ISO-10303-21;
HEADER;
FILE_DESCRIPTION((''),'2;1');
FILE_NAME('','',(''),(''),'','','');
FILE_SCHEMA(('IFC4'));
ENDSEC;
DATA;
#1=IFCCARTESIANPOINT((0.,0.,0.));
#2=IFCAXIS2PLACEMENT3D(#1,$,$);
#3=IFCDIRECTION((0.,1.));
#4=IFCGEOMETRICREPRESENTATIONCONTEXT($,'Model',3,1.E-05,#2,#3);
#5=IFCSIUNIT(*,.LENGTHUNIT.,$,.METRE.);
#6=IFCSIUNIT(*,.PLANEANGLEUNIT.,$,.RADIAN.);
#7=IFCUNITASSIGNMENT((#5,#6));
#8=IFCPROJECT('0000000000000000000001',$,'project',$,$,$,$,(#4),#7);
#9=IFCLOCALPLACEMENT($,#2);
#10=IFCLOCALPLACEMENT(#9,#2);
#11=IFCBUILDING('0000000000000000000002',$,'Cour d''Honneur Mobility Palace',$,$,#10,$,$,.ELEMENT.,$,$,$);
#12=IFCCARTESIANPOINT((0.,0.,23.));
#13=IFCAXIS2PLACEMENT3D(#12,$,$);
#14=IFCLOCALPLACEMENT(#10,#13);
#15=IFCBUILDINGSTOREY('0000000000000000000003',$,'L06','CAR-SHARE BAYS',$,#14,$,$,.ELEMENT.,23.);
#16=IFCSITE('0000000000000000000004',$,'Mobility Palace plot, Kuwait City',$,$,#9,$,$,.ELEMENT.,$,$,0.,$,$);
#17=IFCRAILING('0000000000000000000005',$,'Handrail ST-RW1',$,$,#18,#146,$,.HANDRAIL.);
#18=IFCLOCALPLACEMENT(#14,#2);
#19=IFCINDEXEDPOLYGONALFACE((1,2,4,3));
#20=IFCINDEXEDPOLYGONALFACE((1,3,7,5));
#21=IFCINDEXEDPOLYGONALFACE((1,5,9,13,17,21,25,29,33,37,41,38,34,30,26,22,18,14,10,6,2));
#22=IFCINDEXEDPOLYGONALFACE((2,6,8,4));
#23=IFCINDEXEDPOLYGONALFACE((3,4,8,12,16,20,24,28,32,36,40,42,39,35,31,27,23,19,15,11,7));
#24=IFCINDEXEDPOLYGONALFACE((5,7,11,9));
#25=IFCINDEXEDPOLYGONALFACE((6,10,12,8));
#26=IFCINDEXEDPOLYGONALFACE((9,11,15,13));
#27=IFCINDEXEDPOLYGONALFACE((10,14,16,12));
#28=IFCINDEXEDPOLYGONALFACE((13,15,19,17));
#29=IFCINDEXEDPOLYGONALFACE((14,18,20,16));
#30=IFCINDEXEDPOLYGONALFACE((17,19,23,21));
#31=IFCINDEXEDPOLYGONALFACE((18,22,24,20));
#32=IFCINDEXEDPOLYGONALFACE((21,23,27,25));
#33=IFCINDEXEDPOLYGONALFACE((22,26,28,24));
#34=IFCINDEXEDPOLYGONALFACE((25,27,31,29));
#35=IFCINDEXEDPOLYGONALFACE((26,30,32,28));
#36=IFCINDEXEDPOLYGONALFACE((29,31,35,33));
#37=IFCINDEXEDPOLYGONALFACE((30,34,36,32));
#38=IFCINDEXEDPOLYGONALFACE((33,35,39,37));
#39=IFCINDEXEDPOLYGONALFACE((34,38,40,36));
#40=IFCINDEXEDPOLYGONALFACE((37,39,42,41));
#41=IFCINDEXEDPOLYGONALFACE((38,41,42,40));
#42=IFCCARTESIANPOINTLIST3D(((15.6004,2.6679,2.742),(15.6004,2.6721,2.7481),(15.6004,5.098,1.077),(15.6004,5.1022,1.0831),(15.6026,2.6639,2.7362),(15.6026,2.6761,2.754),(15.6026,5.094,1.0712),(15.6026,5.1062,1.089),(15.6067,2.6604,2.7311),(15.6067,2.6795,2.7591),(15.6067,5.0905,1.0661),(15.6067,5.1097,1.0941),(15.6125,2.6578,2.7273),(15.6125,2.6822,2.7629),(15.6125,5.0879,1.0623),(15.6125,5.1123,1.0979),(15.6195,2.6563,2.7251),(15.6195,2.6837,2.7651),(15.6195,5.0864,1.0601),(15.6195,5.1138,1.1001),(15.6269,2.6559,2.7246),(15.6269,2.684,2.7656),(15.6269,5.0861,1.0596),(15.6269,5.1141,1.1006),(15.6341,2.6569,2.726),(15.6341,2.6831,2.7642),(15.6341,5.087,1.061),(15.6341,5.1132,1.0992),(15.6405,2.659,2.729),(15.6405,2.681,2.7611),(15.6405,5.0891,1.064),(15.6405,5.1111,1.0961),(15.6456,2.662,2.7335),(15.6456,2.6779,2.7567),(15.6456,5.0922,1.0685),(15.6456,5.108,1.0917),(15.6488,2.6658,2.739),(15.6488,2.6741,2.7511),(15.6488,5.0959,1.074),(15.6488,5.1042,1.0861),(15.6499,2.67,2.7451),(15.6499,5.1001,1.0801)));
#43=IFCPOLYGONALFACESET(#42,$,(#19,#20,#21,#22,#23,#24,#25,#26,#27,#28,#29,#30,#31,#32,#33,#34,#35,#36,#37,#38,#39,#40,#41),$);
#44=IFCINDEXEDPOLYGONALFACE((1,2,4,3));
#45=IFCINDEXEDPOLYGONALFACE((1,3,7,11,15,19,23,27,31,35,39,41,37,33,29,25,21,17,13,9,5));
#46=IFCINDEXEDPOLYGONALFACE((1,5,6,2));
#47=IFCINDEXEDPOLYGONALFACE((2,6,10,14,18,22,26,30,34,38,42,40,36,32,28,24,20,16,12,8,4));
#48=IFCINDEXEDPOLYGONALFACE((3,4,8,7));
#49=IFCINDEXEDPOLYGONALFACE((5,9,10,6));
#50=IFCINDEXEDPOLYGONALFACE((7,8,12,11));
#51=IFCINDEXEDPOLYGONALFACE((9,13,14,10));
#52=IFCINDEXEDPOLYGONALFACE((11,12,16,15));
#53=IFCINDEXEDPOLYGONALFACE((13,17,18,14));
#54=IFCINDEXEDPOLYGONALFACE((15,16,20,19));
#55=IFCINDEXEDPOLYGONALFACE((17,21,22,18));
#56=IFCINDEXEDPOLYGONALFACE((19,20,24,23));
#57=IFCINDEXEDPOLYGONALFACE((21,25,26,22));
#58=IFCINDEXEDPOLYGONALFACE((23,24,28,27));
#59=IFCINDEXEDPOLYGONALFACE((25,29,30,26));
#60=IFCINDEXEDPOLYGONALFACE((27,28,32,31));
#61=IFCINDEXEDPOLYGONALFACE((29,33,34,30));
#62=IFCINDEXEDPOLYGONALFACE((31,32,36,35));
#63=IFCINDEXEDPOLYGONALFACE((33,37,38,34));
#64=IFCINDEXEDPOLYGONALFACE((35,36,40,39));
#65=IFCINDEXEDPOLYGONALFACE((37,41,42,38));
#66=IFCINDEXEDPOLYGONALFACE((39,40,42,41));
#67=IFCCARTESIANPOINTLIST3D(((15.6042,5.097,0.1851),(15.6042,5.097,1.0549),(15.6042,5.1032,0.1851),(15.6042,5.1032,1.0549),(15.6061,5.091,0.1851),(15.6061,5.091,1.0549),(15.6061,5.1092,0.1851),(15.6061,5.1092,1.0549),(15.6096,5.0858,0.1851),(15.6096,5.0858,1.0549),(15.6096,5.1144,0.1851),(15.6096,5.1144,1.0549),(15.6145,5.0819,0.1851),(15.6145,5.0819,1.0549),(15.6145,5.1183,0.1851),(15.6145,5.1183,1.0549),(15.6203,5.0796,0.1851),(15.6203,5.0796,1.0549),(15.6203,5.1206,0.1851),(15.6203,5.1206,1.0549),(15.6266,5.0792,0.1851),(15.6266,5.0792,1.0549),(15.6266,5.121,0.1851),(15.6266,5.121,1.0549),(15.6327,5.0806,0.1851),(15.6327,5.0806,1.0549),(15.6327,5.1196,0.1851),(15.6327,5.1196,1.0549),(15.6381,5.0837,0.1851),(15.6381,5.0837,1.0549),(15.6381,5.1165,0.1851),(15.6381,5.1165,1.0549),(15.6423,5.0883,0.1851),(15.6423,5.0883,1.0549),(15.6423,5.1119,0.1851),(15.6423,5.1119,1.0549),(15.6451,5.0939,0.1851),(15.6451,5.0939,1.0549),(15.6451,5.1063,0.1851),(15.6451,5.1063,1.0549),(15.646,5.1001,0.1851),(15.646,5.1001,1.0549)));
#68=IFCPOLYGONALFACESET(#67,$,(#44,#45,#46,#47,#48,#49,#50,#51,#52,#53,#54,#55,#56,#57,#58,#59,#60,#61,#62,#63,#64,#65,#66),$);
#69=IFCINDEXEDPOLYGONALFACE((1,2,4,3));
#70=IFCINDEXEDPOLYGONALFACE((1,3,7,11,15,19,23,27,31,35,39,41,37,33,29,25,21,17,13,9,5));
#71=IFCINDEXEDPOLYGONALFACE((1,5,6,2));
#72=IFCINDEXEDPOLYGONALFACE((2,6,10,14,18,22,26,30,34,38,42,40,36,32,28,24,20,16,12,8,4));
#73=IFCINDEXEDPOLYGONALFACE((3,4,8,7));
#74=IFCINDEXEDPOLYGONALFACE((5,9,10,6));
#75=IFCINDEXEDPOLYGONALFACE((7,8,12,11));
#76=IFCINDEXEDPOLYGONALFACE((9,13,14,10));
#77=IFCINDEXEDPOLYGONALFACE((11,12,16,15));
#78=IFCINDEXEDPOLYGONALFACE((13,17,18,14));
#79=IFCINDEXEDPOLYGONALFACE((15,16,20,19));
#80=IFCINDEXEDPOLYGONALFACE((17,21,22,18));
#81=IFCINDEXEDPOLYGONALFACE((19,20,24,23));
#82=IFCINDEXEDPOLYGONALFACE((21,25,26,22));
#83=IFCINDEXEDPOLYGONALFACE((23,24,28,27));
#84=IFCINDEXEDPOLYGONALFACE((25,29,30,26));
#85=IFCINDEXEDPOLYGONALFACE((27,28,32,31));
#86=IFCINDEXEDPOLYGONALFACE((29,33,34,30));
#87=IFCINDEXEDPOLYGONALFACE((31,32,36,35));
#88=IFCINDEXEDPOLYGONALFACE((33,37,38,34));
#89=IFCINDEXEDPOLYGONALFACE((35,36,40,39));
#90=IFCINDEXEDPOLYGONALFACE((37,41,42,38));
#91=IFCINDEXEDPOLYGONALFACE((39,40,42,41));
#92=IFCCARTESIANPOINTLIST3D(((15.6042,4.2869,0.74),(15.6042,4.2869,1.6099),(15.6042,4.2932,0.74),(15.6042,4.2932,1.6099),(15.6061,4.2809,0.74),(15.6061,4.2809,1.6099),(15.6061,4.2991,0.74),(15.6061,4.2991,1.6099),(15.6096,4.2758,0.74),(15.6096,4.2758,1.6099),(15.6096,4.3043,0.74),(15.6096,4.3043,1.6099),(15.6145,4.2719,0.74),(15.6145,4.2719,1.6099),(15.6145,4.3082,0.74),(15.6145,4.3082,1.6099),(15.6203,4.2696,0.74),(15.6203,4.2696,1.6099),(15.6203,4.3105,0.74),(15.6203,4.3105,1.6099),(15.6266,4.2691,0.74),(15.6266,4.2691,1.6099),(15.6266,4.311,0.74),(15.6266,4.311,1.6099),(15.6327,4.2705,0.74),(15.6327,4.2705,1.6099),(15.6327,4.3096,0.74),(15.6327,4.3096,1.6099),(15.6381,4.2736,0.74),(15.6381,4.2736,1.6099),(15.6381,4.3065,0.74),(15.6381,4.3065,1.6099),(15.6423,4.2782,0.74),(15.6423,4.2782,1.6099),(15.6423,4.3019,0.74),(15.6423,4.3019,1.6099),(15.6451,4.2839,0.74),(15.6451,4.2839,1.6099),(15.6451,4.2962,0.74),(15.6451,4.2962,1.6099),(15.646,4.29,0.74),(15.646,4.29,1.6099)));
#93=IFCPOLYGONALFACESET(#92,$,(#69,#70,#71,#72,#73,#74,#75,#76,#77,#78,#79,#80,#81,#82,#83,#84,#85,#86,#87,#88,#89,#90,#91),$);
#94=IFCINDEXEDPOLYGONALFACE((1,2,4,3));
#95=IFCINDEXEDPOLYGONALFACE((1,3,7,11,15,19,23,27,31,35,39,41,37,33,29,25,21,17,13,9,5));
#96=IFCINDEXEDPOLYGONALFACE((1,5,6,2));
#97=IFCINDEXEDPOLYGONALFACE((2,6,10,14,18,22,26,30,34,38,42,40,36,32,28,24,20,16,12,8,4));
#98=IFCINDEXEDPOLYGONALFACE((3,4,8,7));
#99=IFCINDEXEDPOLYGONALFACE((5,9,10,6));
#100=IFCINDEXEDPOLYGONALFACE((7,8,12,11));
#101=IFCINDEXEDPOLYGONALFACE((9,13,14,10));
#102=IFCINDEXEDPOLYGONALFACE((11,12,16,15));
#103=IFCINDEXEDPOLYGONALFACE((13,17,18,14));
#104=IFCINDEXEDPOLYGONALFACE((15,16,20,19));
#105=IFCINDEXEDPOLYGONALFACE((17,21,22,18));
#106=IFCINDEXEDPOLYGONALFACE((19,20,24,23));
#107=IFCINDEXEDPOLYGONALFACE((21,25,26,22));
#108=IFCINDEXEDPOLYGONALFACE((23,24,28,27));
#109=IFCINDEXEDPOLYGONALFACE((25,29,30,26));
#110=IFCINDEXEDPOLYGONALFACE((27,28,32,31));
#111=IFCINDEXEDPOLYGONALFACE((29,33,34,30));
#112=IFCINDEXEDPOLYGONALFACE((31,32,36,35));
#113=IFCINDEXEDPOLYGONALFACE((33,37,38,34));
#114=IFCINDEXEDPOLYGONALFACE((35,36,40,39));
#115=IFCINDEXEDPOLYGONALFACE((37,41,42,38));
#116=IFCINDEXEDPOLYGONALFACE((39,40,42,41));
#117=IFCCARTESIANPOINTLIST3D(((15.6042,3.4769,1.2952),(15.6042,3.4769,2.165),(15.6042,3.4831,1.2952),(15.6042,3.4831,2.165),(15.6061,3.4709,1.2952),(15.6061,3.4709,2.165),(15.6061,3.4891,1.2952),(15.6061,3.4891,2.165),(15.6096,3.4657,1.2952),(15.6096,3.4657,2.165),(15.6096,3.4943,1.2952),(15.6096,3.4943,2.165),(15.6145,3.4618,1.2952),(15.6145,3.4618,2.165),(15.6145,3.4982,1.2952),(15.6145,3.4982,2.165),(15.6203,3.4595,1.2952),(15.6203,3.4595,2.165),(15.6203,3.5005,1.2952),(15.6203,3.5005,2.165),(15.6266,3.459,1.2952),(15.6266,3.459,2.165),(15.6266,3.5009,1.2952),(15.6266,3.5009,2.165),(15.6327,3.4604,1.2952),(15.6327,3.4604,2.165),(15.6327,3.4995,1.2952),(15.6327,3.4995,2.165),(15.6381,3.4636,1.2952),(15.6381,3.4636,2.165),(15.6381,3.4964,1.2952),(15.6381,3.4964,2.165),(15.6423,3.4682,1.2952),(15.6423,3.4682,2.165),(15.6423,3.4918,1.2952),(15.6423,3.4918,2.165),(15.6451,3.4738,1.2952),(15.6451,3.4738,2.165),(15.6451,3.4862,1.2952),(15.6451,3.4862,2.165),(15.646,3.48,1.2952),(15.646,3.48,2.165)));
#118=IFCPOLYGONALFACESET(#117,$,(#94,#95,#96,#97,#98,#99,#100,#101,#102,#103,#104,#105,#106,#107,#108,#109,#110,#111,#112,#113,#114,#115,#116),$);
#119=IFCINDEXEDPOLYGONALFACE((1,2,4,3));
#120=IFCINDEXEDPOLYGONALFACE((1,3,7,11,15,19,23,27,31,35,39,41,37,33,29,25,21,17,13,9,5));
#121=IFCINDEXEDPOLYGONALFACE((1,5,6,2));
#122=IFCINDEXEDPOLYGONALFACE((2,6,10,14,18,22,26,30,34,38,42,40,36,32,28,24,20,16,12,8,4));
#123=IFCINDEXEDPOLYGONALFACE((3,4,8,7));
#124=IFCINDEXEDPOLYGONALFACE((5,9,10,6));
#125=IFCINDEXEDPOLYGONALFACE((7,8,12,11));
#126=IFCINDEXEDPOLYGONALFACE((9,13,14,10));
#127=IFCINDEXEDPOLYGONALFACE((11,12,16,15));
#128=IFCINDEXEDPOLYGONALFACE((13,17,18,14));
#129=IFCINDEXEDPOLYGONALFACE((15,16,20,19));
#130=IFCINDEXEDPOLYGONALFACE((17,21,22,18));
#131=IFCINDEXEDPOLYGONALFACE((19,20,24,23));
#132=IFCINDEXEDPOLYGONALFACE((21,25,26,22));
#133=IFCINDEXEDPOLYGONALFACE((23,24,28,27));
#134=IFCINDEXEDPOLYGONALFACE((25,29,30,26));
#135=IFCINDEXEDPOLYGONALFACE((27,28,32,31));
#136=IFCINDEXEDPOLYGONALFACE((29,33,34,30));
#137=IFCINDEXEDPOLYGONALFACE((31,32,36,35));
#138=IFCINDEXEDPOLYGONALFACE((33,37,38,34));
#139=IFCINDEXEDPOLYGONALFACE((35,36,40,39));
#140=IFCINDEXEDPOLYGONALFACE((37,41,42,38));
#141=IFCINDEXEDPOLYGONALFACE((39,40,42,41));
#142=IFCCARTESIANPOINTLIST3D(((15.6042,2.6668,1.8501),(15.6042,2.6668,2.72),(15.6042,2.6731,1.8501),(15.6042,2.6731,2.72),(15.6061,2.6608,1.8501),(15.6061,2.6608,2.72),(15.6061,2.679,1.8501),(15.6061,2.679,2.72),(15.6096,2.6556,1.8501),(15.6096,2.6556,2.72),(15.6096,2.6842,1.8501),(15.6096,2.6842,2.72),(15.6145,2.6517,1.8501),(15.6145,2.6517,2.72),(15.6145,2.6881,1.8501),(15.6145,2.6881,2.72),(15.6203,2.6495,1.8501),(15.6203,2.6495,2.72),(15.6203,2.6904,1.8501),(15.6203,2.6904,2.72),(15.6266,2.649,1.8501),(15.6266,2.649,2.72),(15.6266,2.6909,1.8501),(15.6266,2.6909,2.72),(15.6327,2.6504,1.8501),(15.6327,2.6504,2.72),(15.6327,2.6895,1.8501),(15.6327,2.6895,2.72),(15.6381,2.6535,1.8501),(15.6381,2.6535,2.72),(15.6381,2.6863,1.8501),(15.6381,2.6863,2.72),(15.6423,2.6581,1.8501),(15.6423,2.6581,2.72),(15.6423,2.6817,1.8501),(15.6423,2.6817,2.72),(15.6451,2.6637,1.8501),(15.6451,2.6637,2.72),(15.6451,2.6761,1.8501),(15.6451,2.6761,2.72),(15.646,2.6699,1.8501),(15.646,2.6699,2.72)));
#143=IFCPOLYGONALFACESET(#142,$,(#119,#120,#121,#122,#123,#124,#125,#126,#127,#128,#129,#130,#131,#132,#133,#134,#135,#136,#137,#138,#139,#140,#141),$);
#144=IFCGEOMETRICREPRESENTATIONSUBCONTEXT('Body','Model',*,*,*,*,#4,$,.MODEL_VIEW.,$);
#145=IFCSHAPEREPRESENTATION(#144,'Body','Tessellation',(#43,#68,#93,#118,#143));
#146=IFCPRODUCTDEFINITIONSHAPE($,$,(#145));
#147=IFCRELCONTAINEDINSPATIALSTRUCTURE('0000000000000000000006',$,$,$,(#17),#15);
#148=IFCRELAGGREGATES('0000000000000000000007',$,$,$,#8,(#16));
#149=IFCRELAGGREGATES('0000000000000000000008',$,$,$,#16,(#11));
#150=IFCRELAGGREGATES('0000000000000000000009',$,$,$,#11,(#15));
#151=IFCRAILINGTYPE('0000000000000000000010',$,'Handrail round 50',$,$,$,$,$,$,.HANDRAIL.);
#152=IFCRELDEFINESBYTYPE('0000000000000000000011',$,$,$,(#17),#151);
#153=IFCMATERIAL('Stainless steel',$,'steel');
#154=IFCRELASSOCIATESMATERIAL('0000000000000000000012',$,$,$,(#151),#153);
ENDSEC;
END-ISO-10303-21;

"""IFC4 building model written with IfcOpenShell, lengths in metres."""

from ifc_helpers import new_model, si_unit, direction, frame, origin, origin_2d, place, context, subcontext, project, spatial, circle, extrude, material, type_object, element, save


model = new_model("IFC4")

# Units and contexts
model_context = context("Model", 3, precision=1e-05, world=origin(), true_north=direction((0.0, 1.0)))
body_context = subcontext(model_context, "Body", "Model", "MODEL_VIEW")
ifc_project = project(units=[si_unit("LENGTHUNIT", "METRE"), si_unit("PLANEANGLEUNIT", "RADIAN")], contexts=[model_context])

# Site, building, storey
site_placement = place(None, origin())
site = spatial("IfcSite", under=ifc_project, at=site_placement, Name="Mobility Palace plot, Kuwait City", CompositionType="ELEMENT", RefElevation=0.0)
building_placement = place(site_placement, origin())
building = spatial("IfcBuilding", under=site, at=building_placement, Name="Cour d'Honneur Mobility Palace", CompositionType="ELEMENT")
storey_placement = place(building_placement, frame((0.0, 0.0, 23.0)))
storey = spatial("IfcBuildingStorey", under=building, at=storey_placement, Name="L06", Description="CAR-SHARE BAYS", CompositionType="ELEMENT", Elevation=23.0)

# Railing
ifc_material_1 = material(Name="Stainless steel", Category="steel")
railing_type_1 = type_object("IfcRailingType", Name="Handrail round 50", PredefinedType="HANDRAIL", material=ifc_material_1)
railing_1_placement = place(storey_placement, frame((15.625, 5.1001, 0.1851)))
element("IfcRailing", 1, at=railing_1_placement, inside=storey, type_object=railing_type_1, Name="Handrail ST-RW1", PredefinedType="HANDRAIL", context=body_context, shape_type="SweptSolid", body=[
    extrude(circle(Radius=0.0249, at=origin_2d()), frame((0.0, 0.0, 0.895), z_axis=(0.0, -0.824945, 0.565213), x_axis=(1.0, 0.0, 0.0)), (0.0, 0.0, 1.0), 2.9458),
    extrude(circle(Radius=0.021, at=origin_2d()), origin(), (0.0, 0.0, 1.0), 0.8699),
    extrude(circle(Radius=0.021, at=origin_2d()), frame((0.0, -0.8101, 0.5549)), (0.0, 0.0, 1.0), 0.8699),
    extrude(circle(Radius=0.021, at=origin_2d()), frame((0.0, -1.6201, 1.1101)), (0.0, 0.0, 1.0), 0.8699),
    extrude(circle(Radius=0.021, at=origin_2d()), frame((0.0, -2.4302, 1.665)), (0.0, 0.0, 1.0), 0.8699),
])

save(model, "model.ifc")
